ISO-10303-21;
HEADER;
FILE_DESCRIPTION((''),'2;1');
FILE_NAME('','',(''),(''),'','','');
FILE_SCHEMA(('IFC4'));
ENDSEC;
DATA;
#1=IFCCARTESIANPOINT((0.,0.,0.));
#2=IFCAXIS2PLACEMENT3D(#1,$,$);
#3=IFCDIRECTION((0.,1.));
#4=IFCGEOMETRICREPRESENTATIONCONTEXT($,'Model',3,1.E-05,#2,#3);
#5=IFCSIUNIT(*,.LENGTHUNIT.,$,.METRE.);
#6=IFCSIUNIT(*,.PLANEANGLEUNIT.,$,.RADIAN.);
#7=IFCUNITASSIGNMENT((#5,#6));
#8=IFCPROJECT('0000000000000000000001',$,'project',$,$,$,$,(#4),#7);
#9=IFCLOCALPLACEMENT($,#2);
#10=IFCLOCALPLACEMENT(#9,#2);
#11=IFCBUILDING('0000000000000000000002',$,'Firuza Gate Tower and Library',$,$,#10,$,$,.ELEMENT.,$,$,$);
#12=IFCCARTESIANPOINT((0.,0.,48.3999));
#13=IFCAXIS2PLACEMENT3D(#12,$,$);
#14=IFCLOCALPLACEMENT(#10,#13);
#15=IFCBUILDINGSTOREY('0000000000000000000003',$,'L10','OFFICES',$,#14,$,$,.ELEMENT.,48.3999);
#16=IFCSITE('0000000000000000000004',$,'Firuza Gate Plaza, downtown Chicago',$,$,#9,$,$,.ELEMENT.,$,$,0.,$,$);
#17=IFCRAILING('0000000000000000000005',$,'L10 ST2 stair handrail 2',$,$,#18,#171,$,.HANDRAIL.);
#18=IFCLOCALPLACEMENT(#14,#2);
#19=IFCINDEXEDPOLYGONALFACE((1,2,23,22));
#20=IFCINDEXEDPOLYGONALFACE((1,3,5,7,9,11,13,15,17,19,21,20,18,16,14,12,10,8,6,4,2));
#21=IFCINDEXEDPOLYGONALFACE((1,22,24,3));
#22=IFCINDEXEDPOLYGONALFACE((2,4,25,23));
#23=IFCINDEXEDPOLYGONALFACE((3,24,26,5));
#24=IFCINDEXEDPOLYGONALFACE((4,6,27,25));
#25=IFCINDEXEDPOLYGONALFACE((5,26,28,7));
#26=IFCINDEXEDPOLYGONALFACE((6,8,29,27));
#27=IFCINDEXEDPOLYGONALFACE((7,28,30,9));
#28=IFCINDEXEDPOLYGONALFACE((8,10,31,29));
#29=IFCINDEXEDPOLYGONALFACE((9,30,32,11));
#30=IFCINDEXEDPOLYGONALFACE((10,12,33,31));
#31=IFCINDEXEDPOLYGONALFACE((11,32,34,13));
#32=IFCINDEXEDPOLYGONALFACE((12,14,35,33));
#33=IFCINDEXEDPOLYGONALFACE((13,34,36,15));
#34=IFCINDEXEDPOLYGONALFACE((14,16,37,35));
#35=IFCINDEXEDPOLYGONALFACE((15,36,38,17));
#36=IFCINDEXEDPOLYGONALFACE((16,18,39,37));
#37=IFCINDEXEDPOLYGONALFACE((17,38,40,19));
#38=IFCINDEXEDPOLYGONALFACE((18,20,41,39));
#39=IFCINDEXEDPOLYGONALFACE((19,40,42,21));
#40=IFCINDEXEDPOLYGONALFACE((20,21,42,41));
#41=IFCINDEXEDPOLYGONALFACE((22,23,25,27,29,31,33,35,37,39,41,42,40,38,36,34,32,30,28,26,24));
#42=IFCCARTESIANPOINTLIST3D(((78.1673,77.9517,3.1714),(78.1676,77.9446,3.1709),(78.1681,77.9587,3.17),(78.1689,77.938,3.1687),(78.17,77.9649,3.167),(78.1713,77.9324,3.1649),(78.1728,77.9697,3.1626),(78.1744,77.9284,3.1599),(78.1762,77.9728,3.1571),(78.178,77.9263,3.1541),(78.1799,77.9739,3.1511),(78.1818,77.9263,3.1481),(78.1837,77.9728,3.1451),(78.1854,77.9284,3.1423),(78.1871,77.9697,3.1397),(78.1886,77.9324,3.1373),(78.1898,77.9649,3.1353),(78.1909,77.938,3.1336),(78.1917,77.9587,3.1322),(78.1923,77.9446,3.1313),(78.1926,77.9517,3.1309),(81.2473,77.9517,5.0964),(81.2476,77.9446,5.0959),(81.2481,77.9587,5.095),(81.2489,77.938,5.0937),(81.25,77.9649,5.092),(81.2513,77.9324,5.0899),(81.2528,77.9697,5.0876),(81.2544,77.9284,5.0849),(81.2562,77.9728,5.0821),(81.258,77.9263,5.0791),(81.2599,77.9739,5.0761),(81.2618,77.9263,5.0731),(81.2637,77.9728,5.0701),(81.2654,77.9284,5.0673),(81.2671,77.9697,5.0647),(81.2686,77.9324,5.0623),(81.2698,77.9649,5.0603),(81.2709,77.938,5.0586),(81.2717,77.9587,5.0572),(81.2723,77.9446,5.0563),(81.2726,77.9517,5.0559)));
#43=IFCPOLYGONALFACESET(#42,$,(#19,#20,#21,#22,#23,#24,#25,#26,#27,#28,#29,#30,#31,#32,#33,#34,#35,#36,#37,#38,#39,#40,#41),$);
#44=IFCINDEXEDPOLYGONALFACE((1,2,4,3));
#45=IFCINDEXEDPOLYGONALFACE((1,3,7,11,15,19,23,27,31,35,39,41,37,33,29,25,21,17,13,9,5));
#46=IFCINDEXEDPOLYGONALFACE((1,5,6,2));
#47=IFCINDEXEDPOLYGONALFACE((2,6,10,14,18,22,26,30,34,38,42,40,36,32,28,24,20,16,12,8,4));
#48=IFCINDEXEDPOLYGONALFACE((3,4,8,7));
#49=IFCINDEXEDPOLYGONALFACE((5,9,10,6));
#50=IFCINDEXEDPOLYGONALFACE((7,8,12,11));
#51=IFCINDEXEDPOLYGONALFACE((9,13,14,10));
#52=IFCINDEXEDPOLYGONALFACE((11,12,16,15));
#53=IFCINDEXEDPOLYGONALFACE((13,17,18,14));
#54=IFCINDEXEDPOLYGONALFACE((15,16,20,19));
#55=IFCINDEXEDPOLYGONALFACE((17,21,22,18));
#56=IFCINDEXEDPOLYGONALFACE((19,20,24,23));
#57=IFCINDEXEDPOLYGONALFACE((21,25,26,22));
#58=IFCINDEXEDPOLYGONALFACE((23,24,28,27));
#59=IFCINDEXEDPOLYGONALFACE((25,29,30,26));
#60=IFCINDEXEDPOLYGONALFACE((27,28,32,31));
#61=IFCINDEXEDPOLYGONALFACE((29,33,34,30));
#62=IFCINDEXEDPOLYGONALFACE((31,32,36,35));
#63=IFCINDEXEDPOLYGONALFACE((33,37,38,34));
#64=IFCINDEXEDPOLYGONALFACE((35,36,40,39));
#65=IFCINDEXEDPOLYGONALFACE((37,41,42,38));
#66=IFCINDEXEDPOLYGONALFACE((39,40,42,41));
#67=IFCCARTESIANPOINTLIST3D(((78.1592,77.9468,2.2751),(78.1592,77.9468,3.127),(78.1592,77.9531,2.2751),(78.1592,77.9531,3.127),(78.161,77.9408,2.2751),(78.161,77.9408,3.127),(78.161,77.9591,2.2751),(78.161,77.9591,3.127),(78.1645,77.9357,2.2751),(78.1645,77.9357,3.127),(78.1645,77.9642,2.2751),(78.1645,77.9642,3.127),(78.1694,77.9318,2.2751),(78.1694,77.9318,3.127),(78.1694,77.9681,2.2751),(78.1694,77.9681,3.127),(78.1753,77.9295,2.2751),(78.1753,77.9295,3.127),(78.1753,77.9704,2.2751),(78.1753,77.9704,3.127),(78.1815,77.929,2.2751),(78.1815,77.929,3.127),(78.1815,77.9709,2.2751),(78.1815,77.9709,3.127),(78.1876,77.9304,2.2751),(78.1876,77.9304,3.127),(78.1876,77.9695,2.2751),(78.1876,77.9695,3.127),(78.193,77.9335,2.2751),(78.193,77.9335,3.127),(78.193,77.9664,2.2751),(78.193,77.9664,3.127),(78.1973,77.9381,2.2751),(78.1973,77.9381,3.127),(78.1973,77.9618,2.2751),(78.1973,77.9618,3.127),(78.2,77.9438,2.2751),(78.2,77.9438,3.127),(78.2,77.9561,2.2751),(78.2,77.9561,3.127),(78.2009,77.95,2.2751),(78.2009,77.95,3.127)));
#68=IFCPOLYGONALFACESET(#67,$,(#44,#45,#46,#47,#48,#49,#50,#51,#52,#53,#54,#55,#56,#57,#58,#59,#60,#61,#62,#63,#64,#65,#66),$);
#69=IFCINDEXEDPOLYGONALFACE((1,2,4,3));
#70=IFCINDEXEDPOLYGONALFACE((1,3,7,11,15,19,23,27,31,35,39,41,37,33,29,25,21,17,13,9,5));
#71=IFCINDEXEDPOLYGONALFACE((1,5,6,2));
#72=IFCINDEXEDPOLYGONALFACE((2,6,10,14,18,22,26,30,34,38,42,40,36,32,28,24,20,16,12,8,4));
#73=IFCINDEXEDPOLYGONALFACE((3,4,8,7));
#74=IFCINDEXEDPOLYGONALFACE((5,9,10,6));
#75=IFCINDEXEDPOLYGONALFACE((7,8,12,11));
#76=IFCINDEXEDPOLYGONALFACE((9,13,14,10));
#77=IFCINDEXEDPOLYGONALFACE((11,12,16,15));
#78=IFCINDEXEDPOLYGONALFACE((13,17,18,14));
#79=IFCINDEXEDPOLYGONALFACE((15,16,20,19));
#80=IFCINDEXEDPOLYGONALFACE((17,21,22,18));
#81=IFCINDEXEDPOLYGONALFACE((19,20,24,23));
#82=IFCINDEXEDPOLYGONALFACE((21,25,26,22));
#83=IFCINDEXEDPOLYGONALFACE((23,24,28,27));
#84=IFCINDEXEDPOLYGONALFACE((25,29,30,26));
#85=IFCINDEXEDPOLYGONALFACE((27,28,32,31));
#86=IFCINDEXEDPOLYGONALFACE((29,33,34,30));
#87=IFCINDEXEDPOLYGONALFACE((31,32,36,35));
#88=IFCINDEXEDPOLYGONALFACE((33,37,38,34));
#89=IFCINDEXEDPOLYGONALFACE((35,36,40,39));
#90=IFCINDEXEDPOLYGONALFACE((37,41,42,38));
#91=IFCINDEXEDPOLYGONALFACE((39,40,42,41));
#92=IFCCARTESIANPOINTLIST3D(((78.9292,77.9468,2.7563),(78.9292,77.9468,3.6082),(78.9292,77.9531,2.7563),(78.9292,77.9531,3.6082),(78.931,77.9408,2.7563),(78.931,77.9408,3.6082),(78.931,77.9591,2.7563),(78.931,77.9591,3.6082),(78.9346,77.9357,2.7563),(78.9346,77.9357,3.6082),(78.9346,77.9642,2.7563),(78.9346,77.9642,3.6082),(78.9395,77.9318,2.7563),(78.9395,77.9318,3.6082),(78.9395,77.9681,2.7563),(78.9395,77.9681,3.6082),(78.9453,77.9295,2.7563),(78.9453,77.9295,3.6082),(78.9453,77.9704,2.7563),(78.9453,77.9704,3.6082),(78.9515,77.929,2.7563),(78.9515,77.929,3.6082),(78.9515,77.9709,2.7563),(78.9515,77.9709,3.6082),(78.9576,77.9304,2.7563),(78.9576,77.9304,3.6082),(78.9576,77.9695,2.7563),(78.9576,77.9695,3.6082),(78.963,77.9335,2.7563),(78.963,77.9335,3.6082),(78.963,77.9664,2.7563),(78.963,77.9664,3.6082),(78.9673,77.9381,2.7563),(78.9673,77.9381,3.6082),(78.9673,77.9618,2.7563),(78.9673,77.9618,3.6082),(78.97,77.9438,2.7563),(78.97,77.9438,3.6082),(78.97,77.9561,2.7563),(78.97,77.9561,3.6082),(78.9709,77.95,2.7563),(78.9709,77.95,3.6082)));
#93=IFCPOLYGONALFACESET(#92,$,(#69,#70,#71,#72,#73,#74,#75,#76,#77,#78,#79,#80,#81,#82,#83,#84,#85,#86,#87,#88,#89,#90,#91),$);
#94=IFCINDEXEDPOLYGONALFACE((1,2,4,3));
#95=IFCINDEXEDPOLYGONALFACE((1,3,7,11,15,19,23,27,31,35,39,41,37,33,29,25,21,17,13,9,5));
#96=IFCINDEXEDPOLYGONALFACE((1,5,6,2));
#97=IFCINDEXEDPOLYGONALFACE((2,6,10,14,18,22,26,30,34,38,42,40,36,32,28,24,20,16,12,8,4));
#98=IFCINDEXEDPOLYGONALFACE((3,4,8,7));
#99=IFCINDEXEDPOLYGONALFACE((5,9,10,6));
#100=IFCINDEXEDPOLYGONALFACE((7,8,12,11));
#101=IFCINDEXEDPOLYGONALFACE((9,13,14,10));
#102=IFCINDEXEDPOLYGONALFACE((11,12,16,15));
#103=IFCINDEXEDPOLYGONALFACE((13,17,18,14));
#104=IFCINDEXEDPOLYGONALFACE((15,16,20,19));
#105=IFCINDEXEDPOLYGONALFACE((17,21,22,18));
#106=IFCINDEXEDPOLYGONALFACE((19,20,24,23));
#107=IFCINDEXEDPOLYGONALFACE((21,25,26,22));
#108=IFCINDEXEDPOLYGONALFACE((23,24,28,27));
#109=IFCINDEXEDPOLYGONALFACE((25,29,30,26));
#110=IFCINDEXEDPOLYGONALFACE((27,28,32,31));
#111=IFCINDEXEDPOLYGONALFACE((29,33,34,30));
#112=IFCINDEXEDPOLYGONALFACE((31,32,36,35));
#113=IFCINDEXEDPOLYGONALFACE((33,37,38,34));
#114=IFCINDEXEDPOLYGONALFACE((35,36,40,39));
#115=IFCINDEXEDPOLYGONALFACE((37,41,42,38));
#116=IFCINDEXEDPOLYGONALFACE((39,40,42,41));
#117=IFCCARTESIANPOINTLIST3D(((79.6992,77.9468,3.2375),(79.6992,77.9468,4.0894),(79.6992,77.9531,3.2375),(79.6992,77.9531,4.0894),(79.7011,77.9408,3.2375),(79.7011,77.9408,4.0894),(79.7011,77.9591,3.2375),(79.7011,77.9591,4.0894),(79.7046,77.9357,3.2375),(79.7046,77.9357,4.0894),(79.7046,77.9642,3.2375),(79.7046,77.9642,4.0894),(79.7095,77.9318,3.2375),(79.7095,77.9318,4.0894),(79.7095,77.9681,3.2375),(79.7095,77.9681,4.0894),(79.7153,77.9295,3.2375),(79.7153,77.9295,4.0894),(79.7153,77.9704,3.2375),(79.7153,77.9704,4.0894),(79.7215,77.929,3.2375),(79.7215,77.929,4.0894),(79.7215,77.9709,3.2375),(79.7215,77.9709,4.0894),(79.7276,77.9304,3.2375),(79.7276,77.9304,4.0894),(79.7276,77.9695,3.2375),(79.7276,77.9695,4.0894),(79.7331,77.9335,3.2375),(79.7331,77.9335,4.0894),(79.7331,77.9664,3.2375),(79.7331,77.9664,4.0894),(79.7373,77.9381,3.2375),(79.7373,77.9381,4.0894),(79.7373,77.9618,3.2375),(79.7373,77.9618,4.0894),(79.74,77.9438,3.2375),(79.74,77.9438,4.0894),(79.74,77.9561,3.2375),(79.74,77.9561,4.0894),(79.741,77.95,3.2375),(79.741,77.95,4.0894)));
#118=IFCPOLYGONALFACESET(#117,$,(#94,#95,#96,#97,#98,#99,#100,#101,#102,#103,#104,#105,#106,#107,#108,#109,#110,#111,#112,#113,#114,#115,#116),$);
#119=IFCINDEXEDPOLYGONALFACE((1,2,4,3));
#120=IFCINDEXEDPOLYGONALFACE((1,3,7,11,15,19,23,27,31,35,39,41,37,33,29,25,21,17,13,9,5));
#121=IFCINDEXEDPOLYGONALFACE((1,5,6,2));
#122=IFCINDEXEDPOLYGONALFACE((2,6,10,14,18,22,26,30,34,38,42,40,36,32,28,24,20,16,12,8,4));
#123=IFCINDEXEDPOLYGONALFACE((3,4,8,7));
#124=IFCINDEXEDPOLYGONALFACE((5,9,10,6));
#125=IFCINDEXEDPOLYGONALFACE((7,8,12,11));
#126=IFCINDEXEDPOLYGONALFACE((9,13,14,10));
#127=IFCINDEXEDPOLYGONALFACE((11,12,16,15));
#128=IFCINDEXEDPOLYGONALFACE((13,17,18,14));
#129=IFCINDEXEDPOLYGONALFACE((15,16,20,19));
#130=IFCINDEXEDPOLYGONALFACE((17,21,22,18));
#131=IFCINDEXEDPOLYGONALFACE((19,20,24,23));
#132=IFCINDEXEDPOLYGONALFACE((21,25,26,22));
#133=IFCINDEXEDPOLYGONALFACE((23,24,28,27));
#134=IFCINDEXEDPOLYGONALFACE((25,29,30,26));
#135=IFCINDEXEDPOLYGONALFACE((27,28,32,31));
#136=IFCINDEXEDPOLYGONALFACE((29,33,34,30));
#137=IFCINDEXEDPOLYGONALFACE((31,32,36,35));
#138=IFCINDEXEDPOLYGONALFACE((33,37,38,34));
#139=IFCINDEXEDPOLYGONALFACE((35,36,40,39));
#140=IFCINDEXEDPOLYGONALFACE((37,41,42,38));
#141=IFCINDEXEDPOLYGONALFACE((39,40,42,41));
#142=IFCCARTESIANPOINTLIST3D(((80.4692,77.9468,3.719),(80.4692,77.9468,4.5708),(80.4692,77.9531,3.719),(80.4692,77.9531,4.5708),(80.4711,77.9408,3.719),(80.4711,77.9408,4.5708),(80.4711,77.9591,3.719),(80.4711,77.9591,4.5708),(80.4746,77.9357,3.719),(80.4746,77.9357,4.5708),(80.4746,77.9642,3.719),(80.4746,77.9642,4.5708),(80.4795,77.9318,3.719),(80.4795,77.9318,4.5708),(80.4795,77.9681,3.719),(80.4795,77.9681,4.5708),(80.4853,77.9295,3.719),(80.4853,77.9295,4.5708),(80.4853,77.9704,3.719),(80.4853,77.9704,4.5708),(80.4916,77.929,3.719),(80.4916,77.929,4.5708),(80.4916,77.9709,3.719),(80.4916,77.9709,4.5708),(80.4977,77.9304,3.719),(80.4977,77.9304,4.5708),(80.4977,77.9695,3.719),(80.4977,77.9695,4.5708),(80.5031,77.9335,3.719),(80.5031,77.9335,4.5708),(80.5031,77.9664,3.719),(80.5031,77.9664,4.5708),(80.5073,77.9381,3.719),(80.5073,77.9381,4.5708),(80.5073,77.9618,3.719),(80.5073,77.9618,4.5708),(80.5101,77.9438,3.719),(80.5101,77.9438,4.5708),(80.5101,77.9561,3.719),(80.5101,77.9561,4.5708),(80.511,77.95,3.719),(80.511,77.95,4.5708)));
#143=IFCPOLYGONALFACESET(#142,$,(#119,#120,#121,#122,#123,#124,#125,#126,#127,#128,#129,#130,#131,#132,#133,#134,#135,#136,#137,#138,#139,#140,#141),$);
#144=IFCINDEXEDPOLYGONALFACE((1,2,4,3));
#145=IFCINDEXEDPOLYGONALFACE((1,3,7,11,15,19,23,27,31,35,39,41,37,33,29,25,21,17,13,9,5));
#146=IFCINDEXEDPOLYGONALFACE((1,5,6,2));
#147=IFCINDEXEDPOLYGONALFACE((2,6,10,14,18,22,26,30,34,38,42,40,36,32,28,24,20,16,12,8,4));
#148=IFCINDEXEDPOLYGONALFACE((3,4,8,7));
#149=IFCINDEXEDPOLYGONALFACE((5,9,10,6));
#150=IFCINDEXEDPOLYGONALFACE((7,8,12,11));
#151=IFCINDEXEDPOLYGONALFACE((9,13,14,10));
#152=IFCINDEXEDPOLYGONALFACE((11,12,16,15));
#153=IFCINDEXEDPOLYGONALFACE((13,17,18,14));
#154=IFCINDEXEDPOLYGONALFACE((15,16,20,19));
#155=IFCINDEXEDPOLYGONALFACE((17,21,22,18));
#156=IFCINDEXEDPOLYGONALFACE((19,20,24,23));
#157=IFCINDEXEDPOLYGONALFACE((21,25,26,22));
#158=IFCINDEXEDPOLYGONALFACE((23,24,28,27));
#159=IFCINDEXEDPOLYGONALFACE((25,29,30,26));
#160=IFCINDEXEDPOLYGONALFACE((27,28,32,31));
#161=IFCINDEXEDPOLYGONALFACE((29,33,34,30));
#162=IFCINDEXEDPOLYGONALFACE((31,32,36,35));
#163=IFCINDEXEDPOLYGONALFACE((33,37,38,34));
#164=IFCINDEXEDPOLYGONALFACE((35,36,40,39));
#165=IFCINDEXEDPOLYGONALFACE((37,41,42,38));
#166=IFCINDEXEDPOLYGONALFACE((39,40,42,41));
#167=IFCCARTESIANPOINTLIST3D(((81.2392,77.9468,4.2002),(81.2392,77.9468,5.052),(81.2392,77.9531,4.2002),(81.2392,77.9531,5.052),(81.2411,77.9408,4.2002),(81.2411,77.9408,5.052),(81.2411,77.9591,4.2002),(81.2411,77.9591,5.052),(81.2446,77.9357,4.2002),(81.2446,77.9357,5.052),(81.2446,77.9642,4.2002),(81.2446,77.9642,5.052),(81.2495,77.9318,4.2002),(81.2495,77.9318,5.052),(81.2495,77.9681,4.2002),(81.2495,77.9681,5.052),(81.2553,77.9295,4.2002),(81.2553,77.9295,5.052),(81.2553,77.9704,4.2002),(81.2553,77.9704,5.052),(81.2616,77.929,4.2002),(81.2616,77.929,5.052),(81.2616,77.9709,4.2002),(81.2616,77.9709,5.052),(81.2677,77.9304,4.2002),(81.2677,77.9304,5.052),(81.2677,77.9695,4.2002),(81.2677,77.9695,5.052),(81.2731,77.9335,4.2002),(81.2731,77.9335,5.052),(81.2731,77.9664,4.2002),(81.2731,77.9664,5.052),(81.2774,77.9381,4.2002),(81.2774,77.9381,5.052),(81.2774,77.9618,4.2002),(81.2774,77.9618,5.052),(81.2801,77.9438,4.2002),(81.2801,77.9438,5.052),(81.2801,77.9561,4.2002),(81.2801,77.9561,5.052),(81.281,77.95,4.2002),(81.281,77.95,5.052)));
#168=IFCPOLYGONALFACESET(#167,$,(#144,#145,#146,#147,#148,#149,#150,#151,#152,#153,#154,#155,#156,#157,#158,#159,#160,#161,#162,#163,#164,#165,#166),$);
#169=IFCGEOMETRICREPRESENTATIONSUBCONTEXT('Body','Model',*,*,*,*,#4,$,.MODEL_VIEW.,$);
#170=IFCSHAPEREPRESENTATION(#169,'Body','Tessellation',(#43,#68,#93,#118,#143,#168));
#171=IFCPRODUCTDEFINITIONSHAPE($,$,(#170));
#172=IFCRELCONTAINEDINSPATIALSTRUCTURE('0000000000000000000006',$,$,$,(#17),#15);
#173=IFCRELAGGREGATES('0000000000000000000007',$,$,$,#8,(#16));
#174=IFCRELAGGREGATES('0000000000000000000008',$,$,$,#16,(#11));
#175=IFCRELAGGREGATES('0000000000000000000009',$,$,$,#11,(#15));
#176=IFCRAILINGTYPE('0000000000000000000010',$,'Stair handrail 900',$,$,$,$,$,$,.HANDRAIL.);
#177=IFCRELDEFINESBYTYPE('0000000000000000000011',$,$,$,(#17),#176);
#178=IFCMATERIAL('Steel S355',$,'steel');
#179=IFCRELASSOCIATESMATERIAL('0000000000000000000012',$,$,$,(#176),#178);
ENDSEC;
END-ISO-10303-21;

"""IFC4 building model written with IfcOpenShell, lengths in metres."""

from ifc_helpers import new_model, si_unit, direction, frame, origin, origin_2d, place, context, subcontext, project, spatial, circle, extrude, material, type_object, element, save


model = new_model("IFC4")

# Units and contexts
model_context = context("Model", 3, precision=1e-05, world=origin(), true_north=direction((0.0, 1.0)))
body_context = subcontext(model_context, "Body", "Model", "MODEL_VIEW")
ifc_project = project(units=[si_unit("LENGTHUNIT", "METRE"), si_unit("PLANEANGLEUNIT", "RADIAN")], contexts=[model_context])

# Site, building, storey
site_placement = place(None, origin())
site = spatial("IfcSite", under=ifc_project, at=site_placement, Name="Firuza Gate Plaza, downtown Chicago", CompositionType="ELEMENT", RefElevation=0.0)
building_placement = place(site_placement, origin())
building = spatial("IfcBuilding", under=site, at=building_placement, Name="Firuza Gate Tower and Library", CompositionType="ELEMENT")
storey_placement = place(building_placement, frame((0.0, 0.0, 48.3999)))
storey = spatial("IfcBuildingStorey", under=building, at=storey_placement, Name="L10", Description="OFFICES", CompositionType="ELEMENT", Elevation=48.3999)

# Railing
ifc_material_1 = material(Name="Steel S355", Category="steel")
railing_type_1 = type_object("IfcRailingType", Name="Stair handrail 900", PredefinedType="HANDRAIL", material=ifc_material_1)
railing_1_placement = place(storey_placement, frame((78.1799, 77.95, 2.2751)))
element("IfcRailing", 1, at=railing_1_placement, inside=storey, type_object=railing_type_1, Name="L10 ST2 stair handrail 2", PredefinedType="HANDRAIL", context=body_context, shape_type="SweptSolid", body=[
    extrude(circle(Radius=0.0239, at=origin_2d()), frame((0.0, 0.0, 0.876), z_axis=(0.847998, 0.0, 0.529999), x_axis=(0.0, 1.0, 0.0)), (0.0, 0.0, 1.0), 3.6321),
    extrude(circle(Radius=0.021, at=origin_2d()), origin(), (0.0, 0.0, 1.0), 0.8518),
    extrude(circle(Radius=0.021, at=origin_2d()), frame((0.77, 0.0, 0.4812)), (0.0, 0.0, 1.0), 0.8518),
    extrude(circle(Radius=0.021, at=origin_2d()), frame((1.54, 0.0, 0.9624)), (0.0, 0.0, 1.0), 0.8518),
    extrude(circle(Radius=0.021, at=origin_2d()), frame((2.3101, 0.0, 1.4438)), (0.0, 0.0, 1.0), 0.8518),
    extrude(circle(Radius=0.021, at=origin_2d()), frame((3.0801, 0.0, 1.925)), (0.0, 0.0, 1.0), 0.8518),
])

save(model, "model.ifc")
